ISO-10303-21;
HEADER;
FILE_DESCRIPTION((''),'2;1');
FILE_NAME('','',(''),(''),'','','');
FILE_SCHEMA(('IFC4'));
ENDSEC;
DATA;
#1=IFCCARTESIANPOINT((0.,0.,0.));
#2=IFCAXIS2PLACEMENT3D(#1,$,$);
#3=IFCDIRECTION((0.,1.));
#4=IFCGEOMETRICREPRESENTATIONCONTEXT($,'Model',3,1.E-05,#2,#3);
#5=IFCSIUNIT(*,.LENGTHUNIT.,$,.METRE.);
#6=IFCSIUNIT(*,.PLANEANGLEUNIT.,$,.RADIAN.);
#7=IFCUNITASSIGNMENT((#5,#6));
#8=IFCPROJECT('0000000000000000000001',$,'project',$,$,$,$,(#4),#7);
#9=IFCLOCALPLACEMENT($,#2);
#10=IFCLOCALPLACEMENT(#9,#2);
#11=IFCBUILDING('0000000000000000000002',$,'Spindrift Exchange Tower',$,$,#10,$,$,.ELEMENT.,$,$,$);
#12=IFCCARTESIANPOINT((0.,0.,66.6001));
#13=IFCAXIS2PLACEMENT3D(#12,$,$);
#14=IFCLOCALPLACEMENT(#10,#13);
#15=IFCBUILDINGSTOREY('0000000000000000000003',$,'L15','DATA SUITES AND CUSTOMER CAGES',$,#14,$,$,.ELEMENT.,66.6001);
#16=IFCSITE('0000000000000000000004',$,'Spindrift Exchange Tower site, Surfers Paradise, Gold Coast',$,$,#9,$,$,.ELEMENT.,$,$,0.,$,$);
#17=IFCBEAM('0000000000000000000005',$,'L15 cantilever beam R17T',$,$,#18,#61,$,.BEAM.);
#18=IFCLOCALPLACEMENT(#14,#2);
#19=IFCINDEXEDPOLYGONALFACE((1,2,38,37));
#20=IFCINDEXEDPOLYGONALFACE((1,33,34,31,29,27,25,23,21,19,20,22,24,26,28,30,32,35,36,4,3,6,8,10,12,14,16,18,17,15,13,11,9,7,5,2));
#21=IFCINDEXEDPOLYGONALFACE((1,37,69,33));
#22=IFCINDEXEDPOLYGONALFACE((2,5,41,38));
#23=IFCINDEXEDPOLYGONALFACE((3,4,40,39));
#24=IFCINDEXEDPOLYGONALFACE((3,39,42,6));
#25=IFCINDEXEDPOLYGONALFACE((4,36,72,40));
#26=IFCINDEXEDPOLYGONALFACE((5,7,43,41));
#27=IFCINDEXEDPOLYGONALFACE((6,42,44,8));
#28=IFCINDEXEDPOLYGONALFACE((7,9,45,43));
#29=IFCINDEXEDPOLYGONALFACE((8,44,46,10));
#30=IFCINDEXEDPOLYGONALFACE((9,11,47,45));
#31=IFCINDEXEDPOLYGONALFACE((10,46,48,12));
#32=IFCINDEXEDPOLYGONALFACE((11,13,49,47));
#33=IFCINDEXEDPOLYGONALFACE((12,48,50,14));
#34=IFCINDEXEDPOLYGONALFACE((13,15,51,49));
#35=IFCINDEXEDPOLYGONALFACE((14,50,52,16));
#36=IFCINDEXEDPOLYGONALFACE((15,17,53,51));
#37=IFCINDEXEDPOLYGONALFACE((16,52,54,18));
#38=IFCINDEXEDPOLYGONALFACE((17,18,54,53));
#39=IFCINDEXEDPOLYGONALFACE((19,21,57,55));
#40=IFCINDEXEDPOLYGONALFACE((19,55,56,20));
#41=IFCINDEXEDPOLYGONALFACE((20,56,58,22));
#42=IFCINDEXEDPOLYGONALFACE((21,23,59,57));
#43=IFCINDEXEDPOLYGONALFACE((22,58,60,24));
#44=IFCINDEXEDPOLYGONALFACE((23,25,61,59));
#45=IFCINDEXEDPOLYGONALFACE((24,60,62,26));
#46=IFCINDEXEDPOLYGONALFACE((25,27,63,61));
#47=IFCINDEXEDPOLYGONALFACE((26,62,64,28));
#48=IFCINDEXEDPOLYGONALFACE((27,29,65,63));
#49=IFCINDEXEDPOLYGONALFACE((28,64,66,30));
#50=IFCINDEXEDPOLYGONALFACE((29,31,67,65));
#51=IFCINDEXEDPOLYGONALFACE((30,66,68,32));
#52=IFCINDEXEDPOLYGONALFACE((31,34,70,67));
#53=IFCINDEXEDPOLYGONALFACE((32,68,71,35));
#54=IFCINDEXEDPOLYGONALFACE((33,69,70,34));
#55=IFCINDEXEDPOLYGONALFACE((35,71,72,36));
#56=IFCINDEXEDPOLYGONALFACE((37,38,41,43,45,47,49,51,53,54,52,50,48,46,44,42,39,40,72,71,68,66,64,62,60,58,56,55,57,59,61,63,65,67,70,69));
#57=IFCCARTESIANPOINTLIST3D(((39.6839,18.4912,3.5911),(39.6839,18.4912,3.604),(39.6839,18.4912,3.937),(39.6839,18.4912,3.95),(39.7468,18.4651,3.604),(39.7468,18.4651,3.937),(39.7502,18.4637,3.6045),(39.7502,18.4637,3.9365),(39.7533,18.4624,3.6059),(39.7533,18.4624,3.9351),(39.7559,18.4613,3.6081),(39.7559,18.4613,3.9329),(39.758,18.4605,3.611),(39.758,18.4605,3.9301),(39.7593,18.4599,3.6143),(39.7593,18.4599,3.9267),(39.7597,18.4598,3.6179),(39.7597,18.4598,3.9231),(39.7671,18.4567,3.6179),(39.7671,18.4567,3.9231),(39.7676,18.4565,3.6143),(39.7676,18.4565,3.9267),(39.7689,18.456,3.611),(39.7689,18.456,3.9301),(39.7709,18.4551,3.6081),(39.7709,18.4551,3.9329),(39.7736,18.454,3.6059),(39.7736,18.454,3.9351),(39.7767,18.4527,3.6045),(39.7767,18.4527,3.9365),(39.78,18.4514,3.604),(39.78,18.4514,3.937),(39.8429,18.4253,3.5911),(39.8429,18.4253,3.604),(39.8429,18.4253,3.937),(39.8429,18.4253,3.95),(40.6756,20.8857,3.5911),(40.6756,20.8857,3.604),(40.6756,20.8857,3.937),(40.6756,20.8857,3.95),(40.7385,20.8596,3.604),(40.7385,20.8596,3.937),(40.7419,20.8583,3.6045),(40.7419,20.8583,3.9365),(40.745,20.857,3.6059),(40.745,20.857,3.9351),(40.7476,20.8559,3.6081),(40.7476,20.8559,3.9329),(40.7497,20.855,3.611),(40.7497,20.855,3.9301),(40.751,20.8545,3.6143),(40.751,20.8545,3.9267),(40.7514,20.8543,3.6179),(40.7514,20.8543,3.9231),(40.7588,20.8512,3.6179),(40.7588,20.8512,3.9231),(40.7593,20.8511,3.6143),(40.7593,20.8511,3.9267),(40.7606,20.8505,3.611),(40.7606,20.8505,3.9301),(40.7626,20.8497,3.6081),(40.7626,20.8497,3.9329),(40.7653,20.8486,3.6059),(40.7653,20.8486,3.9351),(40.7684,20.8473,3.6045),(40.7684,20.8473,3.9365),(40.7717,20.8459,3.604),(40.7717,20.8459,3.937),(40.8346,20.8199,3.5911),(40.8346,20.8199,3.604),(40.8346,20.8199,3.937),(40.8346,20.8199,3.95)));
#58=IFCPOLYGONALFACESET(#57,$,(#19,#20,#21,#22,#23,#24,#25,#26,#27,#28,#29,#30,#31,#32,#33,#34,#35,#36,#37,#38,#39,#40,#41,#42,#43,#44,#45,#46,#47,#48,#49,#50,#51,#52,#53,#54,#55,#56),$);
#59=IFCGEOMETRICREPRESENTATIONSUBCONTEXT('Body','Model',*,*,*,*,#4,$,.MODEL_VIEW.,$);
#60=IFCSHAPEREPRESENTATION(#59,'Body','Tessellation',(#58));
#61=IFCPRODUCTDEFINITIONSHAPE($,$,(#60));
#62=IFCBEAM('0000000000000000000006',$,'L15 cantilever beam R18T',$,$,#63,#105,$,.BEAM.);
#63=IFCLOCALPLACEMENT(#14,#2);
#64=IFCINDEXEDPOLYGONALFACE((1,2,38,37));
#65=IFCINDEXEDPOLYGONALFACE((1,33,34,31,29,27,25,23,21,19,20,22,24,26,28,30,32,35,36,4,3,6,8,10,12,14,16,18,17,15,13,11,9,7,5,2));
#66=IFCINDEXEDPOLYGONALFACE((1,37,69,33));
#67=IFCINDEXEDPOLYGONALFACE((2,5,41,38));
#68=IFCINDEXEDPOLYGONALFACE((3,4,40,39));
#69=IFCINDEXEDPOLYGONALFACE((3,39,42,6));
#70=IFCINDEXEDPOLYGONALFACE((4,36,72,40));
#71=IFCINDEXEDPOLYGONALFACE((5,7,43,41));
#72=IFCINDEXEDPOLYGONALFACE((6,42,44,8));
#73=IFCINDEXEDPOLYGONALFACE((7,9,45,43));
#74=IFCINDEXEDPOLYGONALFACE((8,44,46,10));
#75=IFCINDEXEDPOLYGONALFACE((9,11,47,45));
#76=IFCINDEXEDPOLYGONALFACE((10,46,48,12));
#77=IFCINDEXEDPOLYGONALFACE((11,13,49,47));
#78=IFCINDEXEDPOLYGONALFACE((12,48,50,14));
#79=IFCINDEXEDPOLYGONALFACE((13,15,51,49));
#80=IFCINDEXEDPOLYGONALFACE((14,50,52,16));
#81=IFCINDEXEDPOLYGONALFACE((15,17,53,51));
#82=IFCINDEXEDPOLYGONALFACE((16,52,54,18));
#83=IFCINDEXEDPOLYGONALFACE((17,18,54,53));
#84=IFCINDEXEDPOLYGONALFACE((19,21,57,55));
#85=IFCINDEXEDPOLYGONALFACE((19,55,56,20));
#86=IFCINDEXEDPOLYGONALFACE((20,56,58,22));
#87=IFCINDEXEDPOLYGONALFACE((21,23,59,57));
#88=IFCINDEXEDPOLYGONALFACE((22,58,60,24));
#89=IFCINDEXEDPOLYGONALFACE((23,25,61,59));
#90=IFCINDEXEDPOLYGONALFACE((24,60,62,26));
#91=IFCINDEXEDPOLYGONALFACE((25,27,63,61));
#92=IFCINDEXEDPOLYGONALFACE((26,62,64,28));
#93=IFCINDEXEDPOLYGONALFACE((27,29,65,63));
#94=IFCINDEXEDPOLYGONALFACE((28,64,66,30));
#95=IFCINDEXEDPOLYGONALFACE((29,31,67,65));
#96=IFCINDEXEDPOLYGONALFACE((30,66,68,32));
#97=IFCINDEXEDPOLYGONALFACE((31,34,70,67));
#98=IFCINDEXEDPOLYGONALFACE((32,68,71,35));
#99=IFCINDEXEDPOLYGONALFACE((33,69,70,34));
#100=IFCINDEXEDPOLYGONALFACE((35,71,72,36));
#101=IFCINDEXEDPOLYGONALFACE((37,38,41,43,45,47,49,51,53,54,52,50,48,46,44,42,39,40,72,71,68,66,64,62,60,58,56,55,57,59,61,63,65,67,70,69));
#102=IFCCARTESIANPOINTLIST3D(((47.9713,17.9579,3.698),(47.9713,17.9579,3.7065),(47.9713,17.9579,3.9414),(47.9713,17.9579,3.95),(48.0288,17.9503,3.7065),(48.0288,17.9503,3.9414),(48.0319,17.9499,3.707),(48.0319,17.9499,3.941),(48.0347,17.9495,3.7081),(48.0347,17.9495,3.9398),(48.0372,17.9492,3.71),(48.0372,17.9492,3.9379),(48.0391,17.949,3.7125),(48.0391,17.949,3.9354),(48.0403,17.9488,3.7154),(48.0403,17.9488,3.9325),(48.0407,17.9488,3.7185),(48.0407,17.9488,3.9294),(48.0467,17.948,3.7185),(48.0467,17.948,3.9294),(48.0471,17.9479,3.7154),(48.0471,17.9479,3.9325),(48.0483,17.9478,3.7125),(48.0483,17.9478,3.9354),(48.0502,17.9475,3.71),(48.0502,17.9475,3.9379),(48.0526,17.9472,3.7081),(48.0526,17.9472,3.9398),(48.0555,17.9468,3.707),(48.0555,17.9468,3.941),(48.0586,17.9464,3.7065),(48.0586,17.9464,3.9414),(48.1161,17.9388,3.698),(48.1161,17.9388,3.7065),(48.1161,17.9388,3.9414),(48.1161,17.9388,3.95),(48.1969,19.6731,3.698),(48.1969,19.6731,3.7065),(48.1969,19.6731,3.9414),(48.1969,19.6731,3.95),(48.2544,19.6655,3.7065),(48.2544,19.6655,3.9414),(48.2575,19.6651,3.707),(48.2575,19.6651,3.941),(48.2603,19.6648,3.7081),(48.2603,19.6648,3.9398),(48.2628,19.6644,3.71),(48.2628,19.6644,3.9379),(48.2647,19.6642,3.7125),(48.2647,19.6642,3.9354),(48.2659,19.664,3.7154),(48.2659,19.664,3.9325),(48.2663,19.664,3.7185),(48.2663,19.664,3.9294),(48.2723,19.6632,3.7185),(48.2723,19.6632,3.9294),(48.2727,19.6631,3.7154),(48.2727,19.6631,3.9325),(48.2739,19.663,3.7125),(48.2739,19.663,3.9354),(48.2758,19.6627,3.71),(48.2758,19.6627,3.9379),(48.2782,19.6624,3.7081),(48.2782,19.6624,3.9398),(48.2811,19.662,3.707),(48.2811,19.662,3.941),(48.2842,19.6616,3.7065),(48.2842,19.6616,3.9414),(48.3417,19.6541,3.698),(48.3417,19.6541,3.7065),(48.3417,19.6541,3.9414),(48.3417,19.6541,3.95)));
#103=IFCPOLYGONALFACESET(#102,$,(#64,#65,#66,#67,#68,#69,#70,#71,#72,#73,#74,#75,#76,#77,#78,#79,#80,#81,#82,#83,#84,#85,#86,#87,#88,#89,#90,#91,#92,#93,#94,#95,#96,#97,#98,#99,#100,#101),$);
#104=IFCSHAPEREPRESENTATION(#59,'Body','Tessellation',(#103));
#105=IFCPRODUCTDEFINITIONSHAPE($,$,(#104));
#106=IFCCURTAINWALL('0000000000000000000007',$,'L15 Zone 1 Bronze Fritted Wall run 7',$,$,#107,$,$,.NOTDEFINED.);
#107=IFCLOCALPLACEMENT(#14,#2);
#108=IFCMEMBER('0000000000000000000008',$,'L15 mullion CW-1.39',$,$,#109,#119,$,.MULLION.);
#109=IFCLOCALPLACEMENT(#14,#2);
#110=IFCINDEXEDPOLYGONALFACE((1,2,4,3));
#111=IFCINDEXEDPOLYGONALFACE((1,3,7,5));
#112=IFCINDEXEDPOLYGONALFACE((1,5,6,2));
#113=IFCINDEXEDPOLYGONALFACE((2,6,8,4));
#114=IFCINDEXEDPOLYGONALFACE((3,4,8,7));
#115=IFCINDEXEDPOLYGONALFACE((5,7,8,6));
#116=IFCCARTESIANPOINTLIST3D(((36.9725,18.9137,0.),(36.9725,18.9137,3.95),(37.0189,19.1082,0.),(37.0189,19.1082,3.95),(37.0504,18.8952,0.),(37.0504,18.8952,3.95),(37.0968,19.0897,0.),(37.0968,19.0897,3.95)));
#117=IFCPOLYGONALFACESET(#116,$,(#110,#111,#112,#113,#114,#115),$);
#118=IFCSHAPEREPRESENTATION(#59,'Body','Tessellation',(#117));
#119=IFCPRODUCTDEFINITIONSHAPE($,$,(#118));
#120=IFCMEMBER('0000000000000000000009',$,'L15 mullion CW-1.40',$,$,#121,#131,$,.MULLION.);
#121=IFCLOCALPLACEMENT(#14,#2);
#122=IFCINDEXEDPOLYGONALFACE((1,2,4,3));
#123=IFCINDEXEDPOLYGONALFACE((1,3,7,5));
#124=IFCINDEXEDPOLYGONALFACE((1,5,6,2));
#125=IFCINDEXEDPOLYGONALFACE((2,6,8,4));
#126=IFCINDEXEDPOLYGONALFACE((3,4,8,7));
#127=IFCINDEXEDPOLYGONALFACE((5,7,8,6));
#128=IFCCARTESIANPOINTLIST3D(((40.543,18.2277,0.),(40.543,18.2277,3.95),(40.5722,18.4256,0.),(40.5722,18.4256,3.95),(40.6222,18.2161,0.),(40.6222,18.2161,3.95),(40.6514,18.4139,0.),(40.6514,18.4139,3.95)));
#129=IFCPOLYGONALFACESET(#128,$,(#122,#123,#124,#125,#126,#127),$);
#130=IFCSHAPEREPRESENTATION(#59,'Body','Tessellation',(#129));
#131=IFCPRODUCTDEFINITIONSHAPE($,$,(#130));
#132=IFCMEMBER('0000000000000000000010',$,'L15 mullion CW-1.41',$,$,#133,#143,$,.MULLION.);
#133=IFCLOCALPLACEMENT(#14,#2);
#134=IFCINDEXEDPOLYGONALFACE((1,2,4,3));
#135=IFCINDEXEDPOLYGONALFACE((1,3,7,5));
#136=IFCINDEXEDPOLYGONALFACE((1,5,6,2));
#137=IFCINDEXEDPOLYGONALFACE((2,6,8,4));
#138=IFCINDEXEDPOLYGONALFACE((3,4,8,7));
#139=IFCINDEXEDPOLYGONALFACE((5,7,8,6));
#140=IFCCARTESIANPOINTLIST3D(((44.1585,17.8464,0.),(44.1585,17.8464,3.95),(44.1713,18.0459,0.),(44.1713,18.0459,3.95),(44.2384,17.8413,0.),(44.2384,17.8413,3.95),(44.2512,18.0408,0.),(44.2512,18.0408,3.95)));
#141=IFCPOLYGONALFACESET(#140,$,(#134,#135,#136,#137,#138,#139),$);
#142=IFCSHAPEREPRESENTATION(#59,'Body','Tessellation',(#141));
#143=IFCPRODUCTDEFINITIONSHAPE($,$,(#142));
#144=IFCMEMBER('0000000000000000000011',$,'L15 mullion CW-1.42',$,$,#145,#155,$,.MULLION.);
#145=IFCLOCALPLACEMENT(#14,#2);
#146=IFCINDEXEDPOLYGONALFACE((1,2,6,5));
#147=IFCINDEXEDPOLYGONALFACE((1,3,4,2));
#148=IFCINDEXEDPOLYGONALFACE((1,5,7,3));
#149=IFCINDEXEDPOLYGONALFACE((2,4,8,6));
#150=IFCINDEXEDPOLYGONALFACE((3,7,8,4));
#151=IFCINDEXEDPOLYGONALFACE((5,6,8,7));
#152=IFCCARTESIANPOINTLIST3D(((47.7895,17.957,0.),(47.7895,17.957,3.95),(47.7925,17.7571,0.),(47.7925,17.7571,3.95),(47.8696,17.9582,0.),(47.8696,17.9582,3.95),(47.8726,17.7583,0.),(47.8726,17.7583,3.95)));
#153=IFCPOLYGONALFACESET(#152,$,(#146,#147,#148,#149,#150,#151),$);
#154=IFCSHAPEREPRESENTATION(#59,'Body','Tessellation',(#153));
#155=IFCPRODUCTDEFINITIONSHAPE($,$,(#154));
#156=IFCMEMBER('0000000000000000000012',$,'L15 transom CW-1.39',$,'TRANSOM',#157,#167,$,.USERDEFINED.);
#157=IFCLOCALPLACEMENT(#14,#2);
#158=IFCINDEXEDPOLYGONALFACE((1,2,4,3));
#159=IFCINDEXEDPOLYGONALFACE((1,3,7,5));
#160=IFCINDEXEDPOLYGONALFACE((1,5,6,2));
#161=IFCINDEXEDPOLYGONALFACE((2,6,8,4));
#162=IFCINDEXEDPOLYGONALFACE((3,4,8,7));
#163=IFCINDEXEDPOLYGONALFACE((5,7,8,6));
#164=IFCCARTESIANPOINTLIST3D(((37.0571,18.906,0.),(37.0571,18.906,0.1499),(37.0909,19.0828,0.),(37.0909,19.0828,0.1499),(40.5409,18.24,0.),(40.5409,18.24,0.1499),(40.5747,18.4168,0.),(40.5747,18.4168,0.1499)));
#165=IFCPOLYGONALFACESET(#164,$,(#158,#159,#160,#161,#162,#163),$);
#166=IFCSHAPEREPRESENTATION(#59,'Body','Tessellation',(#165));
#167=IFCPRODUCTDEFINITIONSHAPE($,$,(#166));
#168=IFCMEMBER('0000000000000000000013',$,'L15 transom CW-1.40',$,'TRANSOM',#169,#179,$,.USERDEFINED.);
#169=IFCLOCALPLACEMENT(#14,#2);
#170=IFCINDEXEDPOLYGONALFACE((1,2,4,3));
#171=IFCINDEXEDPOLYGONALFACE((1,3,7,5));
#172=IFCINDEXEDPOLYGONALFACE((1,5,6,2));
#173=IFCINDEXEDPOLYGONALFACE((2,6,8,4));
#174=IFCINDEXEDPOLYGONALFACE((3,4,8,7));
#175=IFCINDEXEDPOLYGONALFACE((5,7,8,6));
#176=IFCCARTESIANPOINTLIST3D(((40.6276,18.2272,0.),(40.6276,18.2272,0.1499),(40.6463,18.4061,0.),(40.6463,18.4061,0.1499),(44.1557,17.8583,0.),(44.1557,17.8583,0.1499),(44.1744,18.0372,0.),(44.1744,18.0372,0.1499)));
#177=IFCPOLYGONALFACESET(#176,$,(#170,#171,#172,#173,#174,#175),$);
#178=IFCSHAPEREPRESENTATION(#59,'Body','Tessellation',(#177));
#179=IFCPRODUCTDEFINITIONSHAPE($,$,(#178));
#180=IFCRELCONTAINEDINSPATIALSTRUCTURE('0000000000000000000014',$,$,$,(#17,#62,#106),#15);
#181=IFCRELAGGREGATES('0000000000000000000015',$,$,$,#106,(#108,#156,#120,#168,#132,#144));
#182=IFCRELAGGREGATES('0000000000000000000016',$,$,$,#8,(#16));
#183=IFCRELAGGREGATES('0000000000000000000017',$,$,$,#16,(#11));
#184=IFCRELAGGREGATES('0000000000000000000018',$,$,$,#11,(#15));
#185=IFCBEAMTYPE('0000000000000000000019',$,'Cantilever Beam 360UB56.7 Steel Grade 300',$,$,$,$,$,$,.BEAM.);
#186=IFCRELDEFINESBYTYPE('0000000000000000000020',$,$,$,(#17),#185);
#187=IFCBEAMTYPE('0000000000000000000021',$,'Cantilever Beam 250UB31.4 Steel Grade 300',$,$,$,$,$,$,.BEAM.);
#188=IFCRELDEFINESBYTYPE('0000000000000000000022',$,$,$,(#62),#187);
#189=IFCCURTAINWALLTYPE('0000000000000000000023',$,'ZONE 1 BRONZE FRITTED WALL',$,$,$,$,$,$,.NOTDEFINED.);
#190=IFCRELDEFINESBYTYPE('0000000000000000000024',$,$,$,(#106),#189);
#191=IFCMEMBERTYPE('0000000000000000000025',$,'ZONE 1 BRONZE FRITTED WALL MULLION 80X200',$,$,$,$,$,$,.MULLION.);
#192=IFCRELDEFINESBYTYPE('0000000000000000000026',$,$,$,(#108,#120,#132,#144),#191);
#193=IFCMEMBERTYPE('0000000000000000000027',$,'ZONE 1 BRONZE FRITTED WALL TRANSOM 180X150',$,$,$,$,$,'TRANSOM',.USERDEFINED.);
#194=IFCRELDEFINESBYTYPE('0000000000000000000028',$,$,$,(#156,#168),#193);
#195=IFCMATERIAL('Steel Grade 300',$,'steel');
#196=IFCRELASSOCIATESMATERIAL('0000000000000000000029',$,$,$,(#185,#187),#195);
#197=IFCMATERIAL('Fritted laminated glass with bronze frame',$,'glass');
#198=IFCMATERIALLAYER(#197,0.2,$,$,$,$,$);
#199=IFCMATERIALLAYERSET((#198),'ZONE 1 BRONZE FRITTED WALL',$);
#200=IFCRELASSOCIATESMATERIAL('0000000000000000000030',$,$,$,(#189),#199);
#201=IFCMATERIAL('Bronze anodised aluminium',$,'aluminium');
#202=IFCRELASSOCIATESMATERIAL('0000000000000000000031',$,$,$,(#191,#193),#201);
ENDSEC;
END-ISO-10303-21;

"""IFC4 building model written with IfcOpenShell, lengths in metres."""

from ifc_helpers import new_model, si_unit, direction, frame, origin, origin_2d, place, context, subcontext, project, spatial, rectangle, i_section, extrude, source, transform, mapped, material, layer, layer_set, material_profile, profile_set, type_object, element, aggregate, save


model = new_model("IFC4")

# Units and contexts
model_context = context("Model", 3, precision=1e-05, world=origin(), true_north=direction((0.0, 1.0)))
body_context = subcontext(model_context, "Body", "Model", "MODEL_VIEW")
ifc_project = project(units=[si_unit("LENGTHUNIT", "METRE"), si_unit("PLANEANGLEUNIT", "RADIAN")], contexts=[model_context])

# Site, building, storey
site_placement = place(None, origin())
site = spatial("IfcSite", under=ifc_project, at=site_placement, Name="Spindrift Exchange Tower site, Surfers Paradise, Gold Coast", CompositionType="ELEMENT", RefElevation=0.0)
building_placement = place(site_placement, origin())
building = spatial("IfcBuilding", under=site, at=building_placement, Name="Spindrift Exchange Tower", CompositionType="ELEMENT")
storey_placement = place(building_placement, frame((0.0, 0.0, 66.6001)))
storey = spatial("IfcBuildingStorey", under=building, at=storey_placement, Name="L15", Description="DATA SUITES AND CUSTOMER CAGES", CompositionType="ELEMENT", Elevation=66.6001)

# Beams
ifc_material_1 = material(Name="Steel Grade 300", Category="steel")
ifc_material_profile_1 = material_profile(ifc_material_1, i_section(OverallWidth=0.1721, OverallDepth=0.3589, WebThickness=0.0081, FlangeThickness=0.0129, FilletRadius=0.0139, at=origin_2d()), Name="360UB56.7")
ifc_profile_set_1 = profile_set([ifc_material_profile_1], Name="Steel Grade 300")
beam_type_1 = type_object("IfcBeamType", Name="Cantilever Beam 360UB56.7 Steel Grade 300", PredefinedType="BEAM", material=ifc_profile_set_1)
shared_shape_1 = source(origin(), body_context, "Body", "SweptSolid", [
    extrude(i_section(OverallWidth=0.1721, OverallDepth=0.3589, WebThickness=0.0081, FlangeThickness=0.0129, FilletRadius=0.0139, at=origin_2d()), origin(), (0.0, 0.0, 1.0), 2.5918),
])
beam_1_placement = place(storey_placement, frame((40.7551, 20.8528, 3.7705), z_axis=(-0.382635, -0.9239, 0.0), x_axis=(0.9239, -0.382635, 0.0)))
element("IfcBeam", 1, at=beam_1_placement, inside=storey, type_object=beam_type_1, Name="L15 cantilever beam R17T", PredefinedType="BEAM", context=body_context, shape_type="MappedRepresentation", body=[
    mapped(shared_shape_1, transform((0.0, 0.0, 0.0), scale=1.0)),
])
ifc_material_profile_2 = material_profile(ifc_material_1, i_section(OverallWidth=0.146, OverallDepth=0.252, WebThickness=0.0061, FlangeThickness=0.0085, FilletRadius=0.012, at=origin_2d()), Name="250UB31.4")
ifc_profile_set_2 = profile_set([ifc_material_profile_2], Name="Steel Grade 300")
beam_type_2 = type_object("IfcBeamType", Name="Cantilever Beam 250UB31.4 Steel Grade 300", PredefinedType="BEAM", material=ifc_profile_set_2)
shared_shape_2 = source(origin(), body_context, "Body", "SweptSolid", [
    extrude(i_section(OverallWidth=0.146, OverallDepth=0.252, WebThickness=0.0061, FlangeThickness=0.0085, FilletRadius=0.012, at=origin_2d()), origin(), (0.0, 0.0, 1.0), 1.73),
])
beam_2_placement = place(storey_placement, frame((48.2693, 19.6636, 3.824), z_axis=(-0.130407, -0.991461, 0.0), x_axis=(0.991461, -0.130407, 0.0)))
element("IfcBeam", 2, at=beam_2_placement, inside=storey, type_object=beam_type_2, Name="L15 cantilever beam R18T", PredefinedType="BEAM", context=body_context, shape_type="MappedRepresentation", body=[
    mapped(shared_shape_2, transform((0.0, 0.0, 0.0), scale=1.0)),
])

# Curtain wall, members
ifc_material_2 = material(Name="Fritted laminated glass with bronze frame", Category="glass")
ifc_layer_1 = layer(ifc_material_2, 0.2)
ifc_layer_set_1 = layer_set([ifc_layer_1], Name="ZONE 1 BRONZE FRITTED WALL")
curtain_wall_type = type_object("IfcCurtainWallType", Name="ZONE 1 BRONZE FRITTED WALL", PredefinedType="NOTDEFINED", material=ifc_layer_set_1)
curtain_wall_placement = place(storey_placement, origin())
curtain_wall = element("IfcCurtainWall", 3, at=curtain_wall_placement, inside=storey, type_object=curtain_wall_type, Name="L15 Zone 1 Bronze Fritted Wall run 7", PredefinedType="NOTDEFINED")
ifc_material_3 = material(Name="Bronze anodised aluminium", Category="aluminium")
ifc_material_profile_3 = material_profile(ifc_material_3, rectangle(XDim=0.0801, YDim=0.2, at=origin_2d()), Name="ZONE 1 BRONZE FRITTED WALL MULLION 80X200")
ifc_profile_set_3 = profile_set([ifc_material_profile_3], Name="Bronze anodised aluminium")
member_type_1 = type_object("IfcMemberType", Name="ZONE 1 BRONZE FRITTED WALL MULLION 80X200", PredefinedType="MULLION", material=ifc_profile_set_3)
shared_shape_3 = source(origin(), body_context, "Body", "SweptSolid", [
    extrude(rectangle(XDim=0.0801, YDim=0.2, at=origin_2d()), origin(), (0.0, 0.0, 1.0), 3.95),
])
member_1_placement = place(storey_placement, frame((37.0347, 19.0017, 0.0), z_axis=(0.0, 0.0, 1.0), x_axis=(0.972762, -0.231806, 0.0)))
member_1 = element("IfcMember", 4, at=member_1_placement, type_object=member_type_1, Name="L15 mullion CW-1.39", PredefinedType="MULLION", context=body_context, shape_type="MappedRepresentation", body=[
    mapped(shared_shape_3, transform((0.0, 0.0, 0.0), scale=1.0)),
])
member_2_placement = place(storey_placement, frame((40.5972, 18.3208, 0.0), z_axis=(0.0, 0.0, 1.0), x_axis=(0.989286, -0.145992, 0.0)))
member_2 = element("IfcMember", 5, at=member_2_placement, type_object=member_type_1, Name="L15 mullion CW-1.40", PredefinedType="MULLION", context=body_context, shape_type="MappedRepresentation", body=[
    mapped(shared_shape_3, transform((0.0, 0.0, 0.0), scale=1.0)),
])
member_3_placement = place(storey_placement, frame((44.2048, 17.9436, 0.0), z_axis=(0.0, 0.0, 1.0), x_axis=(0.997956, -0.063902, 0.0)))
member_3 = element("IfcMember", 6, at=member_3_placement, type_object=member_type_1, Name="L15 mullion CW-1.41", PredefinedType="MULLION", context=body_context, shape_type="MappedRepresentation", body=[
    mapped(shared_shape_3, transform((0.0, 0.0, 0.0), scale=1.0)),
])
member_4_placement = place(storey_placement, frame((47.8311, 17.8577, 0.0), z_axis=(0.0, 0.0, 1.0), x_axis=(0.999889, 0.01487, 0.0)))
member_4 = element("IfcMember", 7, at=member_4_placement, type_object=member_type_1, Name="L15 mullion CW-1.42", PredefinedType="MULLION", context=body_context, shape_type="MappedRepresentation", body=[
    mapped(shared_shape_3, transform((0.0, 0.0, 0.0), scale=1.0)),
])
ifc_material_profile_4 = material_profile(ifc_material_3, rectangle(XDim=0.1799, YDim=0.1499, at=origin_2d()), Name="ZONE 1 BRONZE FRITTED WALL TRANSOM 180X150")
ifc_profile_set_4 = profile_set([ifc_material_profile_4], Name="Bronze anodised aluminium")
member_type_2 = type_object("IfcMemberType", Name="ZONE 1 BRONZE FRITTED WALL TRANSOM 180X150", ElementType="TRANSOM", PredefinedType="USERDEFINED", material=ifc_profile_set_4)
shared_shape_4 = source(origin(), body_context, "Body", "SweptSolid", [
    extrude(rectangle(XDim=0.1799, YDim=0.1499, at=origin_2d()), origin(), (0.0, 0.0, 1.0), 3.5469),
])
member_5_placement = place(storey_placement, frame((37.074, 18.9944, 0.075), z_axis=(0.982213, -0.18777, 0.0), x_axis=(0.18777, 0.982213, 0.0)))
member_5 = element("IfcMember", 8, at=member_5_placement, type_object=member_type_2, Name="L15 transom CW-1.39", ObjectType="TRANSOM", PredefinedType="USERDEFINED", context=body_context, shape_type="MappedRepresentation", body=[
    mapped(shared_shape_4, transform((0.0, 0.0, 0.0), scale=1.0)),
])
shared_shape_5 = source(origin(), body_context, "Body", "SweptSolid", [
    extrude(rectangle(XDim=0.1799, YDim=0.1499, at=origin_2d()), origin(), (0.0, 0.0, 1.0), 3.5474),
])
member_6_placement = place(storey_placement, frame((40.637, 18.3167, 0.075), z_axis=(0.994578, -0.103993, 0.0), x_axis=(0.103993, 0.994578, 0.0)))
member_6 = element("IfcMember", 9, at=member_6_placement, type_object=member_type_2, Name="L15 transom CW-1.40", ObjectType="TRANSOM", PredefinedType="USERDEFINED", context=body_context, shape_type="MappedRepresentation", body=[
    mapped(shared_shape_5, transform((0.0, 0.0, 0.0), scale=1.0)),
])
aggregate(curtain_wall, [member_1, member_5, member_2, member_6, member_3, member_4])

save(model, "model.ifc")
